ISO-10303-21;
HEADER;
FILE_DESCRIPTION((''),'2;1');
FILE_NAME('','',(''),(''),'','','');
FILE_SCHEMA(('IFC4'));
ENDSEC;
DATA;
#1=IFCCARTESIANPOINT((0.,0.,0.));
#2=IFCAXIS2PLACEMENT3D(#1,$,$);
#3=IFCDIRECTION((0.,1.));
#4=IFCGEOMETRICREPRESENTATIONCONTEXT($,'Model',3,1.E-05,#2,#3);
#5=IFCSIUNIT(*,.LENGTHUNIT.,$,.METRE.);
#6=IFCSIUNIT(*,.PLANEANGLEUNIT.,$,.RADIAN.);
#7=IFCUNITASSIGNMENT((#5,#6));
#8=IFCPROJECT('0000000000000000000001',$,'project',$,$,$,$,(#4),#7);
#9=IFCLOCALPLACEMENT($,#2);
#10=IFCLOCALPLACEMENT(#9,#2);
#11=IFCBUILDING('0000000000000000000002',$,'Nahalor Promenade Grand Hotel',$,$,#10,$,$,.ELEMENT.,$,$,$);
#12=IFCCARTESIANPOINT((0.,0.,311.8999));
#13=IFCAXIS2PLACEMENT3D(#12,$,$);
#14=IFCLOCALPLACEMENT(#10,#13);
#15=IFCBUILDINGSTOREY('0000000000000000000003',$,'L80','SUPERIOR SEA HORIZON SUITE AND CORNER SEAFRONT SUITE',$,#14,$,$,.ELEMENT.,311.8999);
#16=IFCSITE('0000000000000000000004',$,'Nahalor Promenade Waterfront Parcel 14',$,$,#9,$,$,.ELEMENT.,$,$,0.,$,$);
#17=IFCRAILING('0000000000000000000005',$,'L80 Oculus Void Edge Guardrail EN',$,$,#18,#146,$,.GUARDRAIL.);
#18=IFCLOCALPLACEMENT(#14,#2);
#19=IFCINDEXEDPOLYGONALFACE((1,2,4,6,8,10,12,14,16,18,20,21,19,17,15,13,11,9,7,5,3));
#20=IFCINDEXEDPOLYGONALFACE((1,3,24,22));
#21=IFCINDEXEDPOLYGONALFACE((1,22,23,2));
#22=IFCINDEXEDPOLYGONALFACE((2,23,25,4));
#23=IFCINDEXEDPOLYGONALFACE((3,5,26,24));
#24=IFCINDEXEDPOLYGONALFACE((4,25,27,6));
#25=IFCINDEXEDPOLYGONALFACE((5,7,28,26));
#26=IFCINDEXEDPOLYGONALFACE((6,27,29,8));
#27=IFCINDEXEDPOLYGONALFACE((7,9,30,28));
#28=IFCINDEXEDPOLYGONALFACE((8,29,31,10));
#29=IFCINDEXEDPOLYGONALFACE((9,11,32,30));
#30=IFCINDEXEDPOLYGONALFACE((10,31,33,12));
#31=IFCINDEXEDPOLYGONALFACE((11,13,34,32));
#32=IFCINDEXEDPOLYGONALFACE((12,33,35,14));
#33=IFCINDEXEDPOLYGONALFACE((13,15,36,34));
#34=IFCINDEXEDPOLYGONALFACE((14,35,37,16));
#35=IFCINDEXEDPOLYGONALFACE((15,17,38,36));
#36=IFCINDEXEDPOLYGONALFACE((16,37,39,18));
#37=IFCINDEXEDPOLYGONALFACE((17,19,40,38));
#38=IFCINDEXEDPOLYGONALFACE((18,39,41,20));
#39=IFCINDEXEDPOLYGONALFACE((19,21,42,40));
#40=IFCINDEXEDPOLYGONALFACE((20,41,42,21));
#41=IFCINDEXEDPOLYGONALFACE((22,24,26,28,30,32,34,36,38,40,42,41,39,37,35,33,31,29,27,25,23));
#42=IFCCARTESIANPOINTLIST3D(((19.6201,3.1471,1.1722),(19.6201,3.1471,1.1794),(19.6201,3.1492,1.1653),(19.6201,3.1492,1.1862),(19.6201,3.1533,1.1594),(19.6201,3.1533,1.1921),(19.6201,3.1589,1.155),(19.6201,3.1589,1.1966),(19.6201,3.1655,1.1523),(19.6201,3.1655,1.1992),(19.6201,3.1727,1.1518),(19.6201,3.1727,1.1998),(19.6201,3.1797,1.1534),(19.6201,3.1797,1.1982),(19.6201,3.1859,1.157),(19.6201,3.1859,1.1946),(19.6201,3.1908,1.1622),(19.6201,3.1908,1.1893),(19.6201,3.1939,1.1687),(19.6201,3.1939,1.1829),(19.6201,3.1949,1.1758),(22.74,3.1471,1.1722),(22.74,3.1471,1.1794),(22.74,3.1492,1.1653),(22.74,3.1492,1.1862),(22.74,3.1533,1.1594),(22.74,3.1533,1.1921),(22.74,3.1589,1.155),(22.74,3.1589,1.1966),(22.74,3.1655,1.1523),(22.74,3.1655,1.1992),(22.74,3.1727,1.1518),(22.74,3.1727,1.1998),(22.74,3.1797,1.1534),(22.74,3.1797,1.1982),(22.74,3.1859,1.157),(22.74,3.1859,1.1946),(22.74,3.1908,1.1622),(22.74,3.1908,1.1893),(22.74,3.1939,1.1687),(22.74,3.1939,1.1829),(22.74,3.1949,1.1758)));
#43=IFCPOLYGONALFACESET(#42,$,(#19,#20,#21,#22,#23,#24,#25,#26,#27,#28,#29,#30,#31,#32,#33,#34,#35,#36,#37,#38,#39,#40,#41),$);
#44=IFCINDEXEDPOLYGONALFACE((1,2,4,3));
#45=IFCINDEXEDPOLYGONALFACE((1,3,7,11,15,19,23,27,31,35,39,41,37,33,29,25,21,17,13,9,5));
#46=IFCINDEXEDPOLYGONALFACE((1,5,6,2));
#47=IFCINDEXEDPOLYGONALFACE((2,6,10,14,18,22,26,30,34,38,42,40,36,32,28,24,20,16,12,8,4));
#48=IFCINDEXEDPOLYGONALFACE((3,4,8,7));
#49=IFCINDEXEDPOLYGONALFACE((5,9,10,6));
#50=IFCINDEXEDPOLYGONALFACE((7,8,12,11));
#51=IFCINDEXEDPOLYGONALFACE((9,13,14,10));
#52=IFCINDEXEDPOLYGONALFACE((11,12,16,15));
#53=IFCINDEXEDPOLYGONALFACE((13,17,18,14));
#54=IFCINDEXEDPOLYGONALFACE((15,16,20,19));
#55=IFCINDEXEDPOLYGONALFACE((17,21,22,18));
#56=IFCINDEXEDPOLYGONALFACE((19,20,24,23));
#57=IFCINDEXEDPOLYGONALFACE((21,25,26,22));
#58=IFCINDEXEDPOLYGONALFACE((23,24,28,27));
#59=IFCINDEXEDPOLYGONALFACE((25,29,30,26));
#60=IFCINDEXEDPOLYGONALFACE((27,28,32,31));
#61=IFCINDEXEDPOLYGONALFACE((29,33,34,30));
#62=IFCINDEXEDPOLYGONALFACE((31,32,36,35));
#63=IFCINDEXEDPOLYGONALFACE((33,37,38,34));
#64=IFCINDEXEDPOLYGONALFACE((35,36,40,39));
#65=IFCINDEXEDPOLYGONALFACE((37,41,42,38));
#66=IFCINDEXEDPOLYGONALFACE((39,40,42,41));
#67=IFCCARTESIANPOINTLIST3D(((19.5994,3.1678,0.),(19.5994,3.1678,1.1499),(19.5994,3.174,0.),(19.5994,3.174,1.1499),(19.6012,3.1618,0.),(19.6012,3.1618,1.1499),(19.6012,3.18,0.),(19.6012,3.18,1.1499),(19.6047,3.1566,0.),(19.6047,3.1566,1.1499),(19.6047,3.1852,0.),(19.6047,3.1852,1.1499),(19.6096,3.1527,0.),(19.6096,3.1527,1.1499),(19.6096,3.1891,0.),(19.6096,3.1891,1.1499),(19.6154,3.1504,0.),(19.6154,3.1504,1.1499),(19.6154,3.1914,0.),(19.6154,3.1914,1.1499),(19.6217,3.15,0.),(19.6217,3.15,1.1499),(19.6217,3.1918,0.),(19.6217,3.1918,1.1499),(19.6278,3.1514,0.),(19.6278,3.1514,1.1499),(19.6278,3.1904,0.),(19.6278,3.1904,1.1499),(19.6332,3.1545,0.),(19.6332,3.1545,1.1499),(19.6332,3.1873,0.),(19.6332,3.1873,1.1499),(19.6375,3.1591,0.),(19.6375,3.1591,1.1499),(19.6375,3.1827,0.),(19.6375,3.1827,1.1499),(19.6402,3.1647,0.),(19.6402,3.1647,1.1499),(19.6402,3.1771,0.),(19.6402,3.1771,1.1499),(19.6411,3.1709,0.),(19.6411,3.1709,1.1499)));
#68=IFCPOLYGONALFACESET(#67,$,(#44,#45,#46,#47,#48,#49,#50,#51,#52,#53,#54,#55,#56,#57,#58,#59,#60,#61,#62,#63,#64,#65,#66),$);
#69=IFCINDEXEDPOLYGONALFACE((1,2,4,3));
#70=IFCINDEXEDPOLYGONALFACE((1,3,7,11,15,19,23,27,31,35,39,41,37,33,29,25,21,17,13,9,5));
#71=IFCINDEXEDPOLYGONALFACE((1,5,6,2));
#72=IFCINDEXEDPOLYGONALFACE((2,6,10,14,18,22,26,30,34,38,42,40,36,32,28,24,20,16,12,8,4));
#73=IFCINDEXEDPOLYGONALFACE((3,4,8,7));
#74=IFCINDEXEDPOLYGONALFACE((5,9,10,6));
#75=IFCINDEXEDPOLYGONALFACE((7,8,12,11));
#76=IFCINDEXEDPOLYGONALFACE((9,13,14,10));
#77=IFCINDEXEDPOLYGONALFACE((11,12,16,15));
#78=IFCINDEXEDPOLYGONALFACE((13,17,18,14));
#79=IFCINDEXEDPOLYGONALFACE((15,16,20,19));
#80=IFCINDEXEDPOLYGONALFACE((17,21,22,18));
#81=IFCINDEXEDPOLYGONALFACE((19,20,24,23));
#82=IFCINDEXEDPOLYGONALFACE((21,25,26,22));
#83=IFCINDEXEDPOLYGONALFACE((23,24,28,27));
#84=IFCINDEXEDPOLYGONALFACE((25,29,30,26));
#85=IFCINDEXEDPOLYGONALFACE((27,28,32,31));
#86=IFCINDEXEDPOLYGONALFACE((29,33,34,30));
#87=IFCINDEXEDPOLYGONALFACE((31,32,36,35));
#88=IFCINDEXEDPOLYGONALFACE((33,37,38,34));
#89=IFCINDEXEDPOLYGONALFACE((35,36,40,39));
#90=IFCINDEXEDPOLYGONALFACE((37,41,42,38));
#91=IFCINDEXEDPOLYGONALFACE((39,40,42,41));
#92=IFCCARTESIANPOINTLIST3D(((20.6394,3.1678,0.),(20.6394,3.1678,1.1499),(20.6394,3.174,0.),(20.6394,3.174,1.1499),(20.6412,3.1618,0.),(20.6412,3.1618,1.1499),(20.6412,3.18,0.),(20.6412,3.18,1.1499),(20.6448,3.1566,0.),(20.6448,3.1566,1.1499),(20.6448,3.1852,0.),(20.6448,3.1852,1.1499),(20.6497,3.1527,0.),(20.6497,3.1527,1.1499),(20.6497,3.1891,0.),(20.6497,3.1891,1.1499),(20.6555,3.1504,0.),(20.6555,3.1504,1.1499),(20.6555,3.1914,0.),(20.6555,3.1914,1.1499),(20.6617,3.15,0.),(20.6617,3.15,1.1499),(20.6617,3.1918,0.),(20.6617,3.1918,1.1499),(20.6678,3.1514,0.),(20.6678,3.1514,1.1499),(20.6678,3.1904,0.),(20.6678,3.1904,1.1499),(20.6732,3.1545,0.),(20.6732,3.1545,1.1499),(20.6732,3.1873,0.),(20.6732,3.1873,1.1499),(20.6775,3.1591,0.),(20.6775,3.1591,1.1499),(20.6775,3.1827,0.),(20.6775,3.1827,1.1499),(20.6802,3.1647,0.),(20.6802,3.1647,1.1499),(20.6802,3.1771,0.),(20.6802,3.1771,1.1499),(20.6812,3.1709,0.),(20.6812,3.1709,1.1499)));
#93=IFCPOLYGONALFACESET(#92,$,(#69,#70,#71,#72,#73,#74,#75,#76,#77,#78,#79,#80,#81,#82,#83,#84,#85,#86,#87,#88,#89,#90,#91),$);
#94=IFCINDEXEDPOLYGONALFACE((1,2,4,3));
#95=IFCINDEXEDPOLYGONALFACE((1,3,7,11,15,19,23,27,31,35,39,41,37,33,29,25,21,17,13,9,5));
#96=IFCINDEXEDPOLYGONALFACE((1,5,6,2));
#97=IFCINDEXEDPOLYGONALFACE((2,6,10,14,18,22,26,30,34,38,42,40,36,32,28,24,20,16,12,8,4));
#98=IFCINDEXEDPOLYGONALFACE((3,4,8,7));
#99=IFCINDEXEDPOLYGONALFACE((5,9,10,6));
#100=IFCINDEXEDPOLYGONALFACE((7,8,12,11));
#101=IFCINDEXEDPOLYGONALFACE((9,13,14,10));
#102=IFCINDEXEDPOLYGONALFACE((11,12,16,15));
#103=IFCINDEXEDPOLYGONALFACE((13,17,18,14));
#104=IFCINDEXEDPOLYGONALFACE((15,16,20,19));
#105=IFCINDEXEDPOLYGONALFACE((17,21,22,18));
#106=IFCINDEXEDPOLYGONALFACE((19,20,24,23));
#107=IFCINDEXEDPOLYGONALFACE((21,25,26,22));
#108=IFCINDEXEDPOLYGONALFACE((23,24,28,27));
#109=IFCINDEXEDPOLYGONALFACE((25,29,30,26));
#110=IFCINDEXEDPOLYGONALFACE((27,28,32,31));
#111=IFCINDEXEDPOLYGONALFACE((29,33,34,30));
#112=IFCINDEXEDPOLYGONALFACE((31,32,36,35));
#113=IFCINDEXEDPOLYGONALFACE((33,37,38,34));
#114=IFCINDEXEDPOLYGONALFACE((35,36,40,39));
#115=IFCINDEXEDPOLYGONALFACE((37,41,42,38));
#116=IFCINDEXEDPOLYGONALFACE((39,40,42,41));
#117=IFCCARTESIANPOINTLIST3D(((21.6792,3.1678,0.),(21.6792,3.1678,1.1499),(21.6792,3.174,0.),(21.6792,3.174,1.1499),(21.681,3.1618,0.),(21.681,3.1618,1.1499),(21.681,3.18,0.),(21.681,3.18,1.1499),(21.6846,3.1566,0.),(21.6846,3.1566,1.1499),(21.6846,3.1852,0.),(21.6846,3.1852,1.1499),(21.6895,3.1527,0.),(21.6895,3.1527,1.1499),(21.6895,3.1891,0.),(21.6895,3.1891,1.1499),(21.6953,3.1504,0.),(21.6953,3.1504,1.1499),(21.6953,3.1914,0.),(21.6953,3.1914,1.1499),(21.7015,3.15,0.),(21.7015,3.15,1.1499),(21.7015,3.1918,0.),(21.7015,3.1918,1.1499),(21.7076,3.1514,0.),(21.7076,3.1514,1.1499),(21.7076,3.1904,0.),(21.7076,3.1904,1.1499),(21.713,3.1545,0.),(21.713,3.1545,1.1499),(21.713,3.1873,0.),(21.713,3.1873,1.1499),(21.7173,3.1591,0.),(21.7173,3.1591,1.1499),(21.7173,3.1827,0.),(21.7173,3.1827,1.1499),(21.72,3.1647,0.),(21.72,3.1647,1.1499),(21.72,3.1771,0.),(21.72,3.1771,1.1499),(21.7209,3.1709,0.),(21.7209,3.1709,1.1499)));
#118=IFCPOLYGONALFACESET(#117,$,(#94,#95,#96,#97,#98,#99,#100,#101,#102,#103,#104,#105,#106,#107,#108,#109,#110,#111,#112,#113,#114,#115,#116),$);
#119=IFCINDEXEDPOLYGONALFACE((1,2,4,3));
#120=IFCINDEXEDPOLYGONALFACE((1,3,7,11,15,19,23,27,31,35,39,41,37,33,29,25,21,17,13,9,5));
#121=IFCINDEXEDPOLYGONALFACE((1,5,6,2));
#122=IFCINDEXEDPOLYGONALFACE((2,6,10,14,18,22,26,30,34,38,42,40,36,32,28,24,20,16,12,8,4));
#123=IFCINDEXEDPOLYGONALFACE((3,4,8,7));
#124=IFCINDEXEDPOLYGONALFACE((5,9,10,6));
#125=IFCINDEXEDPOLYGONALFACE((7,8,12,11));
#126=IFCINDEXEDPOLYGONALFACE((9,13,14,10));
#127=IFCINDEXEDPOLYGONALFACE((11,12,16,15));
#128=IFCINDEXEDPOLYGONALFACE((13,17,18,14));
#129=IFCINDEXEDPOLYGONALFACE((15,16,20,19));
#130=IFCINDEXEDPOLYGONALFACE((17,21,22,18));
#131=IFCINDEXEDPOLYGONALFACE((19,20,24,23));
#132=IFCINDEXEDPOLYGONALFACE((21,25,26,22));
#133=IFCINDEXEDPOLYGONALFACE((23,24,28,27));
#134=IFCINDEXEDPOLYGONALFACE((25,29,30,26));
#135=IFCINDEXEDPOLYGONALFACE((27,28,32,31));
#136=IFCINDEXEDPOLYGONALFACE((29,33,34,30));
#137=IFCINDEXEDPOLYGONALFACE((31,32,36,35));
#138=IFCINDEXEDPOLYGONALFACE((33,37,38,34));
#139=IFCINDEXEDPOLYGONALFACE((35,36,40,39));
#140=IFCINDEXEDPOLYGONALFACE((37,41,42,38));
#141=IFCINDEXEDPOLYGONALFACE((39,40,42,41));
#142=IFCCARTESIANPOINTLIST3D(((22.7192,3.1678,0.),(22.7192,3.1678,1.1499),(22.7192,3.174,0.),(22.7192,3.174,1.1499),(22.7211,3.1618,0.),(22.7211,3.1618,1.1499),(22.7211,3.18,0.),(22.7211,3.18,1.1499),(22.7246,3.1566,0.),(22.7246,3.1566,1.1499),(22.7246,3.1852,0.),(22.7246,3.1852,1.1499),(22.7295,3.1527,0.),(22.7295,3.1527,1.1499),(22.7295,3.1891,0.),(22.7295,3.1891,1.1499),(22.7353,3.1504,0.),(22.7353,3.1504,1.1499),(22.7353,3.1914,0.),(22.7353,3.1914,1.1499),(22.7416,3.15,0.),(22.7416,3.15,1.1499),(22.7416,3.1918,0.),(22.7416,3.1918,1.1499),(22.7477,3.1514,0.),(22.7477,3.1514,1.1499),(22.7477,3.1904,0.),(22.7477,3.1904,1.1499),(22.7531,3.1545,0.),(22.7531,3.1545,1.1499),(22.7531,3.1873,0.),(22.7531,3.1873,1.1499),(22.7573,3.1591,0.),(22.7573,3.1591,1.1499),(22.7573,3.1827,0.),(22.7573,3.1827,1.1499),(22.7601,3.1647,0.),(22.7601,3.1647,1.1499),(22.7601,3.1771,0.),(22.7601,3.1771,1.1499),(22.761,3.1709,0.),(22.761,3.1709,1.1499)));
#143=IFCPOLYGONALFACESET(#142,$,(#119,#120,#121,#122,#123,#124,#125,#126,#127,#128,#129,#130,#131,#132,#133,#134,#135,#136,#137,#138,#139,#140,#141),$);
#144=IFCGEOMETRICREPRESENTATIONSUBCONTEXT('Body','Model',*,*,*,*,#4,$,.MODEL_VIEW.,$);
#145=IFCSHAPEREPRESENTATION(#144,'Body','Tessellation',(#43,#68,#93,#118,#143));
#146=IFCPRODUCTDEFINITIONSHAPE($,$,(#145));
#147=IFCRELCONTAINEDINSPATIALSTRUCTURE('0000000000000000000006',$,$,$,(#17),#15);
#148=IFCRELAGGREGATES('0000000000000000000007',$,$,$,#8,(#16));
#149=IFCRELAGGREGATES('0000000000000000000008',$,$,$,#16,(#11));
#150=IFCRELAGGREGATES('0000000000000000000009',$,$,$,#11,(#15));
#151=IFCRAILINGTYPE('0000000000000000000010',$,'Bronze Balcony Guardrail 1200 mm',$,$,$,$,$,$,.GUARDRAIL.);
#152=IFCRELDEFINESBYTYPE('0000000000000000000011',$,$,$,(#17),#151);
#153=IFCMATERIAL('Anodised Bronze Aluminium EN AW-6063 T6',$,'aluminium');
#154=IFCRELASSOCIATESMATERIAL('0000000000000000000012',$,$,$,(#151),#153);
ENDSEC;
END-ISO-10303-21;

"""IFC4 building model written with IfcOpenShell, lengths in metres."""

from ifc_helpers import new_model, si_unit, direction, frame, origin, origin_2d, place, context, subcontext, project, spatial, circle, extrude, material, type_object, element, save


model = new_model("IFC4")

# Units and contexts
model_context = context("Model", 3, precision=1e-05, world=origin(), true_north=direction((0.0, 1.0)))
body_context = subcontext(model_context, "Body", "Model", "MODEL_VIEW")
ifc_project = project(units=[si_unit("LENGTHUNIT", "METRE"), si_unit("PLANEANGLEUNIT", "RADIAN")], contexts=[model_context])

# Site, building, storey
site_placement = place(None, origin())
site = spatial("IfcSite", under=ifc_project, at=site_placement, Name="Nahalor Promenade Waterfront Parcel 14", CompositionType="ELEMENT", RefElevation=0.0)
building_placement = place(site_placement, origin())
building = spatial("IfcBuilding", under=site, at=building_placement, Name="Nahalor Promenade Grand Hotel", CompositionType="ELEMENT")
storey_placement = place(building_placement, frame((0.0, 0.0, 311.8999)))
storey = spatial("IfcBuildingStorey", under=building, at=storey_placement, Name="L80", Description="SUPERIOR SEA HORIZON SUITE AND CORNER SEAFRONT SUITE", CompositionType="ELEMENT", Elevation=311.8999)

# Shared definitions
ifc_material_1 = material(Name="Anodised Bronze Aluminium EN AW-6063 T6", Category="aluminium")

# Railing
railing_type = type_object("IfcRailingType", Name="Bronze Balcony Guardrail 1200 mm", PredefinedType="GUARDRAIL", material=ifc_material_1)
for number, where, name in (
    (1, (19.6201, 3.1709, 0.0), "L80 Oculus Void Edge Guardrail EN"),
):
    element("IfcRailing", number, at=place(storey_placement, frame(where)), inside=storey, type_object=railing_type, Name=name, PredefinedType="GUARDRAIL", context=body_context, shape_type="SweptSolid", body=[
        extrude(circle(Radius=0.024, at=origin_2d()), frame((0.0, 0.0, 1.1758), z_axis=(1.0, 0.0, 0.0), x_axis=(0.0, 1.0, 0.0)), (0.0, 0.0, 1.0), 3.1199),
        extrude(circle(Radius=0.021, at=origin_2d()), origin(), (0.0, 0.0, 1.0), 1.1499),
        extrude(circle(Radius=0.021, at=origin_2d()), frame((1.04, 0.0, 0.0)), (0.0, 0.0, 1.0), 1.1499),
        extrude(circle(Radius=0.021, at=origin_2d()), frame((2.0798, 0.0, 0.0)), (0.0, 0.0, 1.0), 1.1499),
        extrude(circle(Radius=0.021, at=origin_2d()), frame((3.1199, 0.0, 0.0)), (0.0, 0.0, 1.0), 1.1499),
    ])

save(model, "model.ifc")
